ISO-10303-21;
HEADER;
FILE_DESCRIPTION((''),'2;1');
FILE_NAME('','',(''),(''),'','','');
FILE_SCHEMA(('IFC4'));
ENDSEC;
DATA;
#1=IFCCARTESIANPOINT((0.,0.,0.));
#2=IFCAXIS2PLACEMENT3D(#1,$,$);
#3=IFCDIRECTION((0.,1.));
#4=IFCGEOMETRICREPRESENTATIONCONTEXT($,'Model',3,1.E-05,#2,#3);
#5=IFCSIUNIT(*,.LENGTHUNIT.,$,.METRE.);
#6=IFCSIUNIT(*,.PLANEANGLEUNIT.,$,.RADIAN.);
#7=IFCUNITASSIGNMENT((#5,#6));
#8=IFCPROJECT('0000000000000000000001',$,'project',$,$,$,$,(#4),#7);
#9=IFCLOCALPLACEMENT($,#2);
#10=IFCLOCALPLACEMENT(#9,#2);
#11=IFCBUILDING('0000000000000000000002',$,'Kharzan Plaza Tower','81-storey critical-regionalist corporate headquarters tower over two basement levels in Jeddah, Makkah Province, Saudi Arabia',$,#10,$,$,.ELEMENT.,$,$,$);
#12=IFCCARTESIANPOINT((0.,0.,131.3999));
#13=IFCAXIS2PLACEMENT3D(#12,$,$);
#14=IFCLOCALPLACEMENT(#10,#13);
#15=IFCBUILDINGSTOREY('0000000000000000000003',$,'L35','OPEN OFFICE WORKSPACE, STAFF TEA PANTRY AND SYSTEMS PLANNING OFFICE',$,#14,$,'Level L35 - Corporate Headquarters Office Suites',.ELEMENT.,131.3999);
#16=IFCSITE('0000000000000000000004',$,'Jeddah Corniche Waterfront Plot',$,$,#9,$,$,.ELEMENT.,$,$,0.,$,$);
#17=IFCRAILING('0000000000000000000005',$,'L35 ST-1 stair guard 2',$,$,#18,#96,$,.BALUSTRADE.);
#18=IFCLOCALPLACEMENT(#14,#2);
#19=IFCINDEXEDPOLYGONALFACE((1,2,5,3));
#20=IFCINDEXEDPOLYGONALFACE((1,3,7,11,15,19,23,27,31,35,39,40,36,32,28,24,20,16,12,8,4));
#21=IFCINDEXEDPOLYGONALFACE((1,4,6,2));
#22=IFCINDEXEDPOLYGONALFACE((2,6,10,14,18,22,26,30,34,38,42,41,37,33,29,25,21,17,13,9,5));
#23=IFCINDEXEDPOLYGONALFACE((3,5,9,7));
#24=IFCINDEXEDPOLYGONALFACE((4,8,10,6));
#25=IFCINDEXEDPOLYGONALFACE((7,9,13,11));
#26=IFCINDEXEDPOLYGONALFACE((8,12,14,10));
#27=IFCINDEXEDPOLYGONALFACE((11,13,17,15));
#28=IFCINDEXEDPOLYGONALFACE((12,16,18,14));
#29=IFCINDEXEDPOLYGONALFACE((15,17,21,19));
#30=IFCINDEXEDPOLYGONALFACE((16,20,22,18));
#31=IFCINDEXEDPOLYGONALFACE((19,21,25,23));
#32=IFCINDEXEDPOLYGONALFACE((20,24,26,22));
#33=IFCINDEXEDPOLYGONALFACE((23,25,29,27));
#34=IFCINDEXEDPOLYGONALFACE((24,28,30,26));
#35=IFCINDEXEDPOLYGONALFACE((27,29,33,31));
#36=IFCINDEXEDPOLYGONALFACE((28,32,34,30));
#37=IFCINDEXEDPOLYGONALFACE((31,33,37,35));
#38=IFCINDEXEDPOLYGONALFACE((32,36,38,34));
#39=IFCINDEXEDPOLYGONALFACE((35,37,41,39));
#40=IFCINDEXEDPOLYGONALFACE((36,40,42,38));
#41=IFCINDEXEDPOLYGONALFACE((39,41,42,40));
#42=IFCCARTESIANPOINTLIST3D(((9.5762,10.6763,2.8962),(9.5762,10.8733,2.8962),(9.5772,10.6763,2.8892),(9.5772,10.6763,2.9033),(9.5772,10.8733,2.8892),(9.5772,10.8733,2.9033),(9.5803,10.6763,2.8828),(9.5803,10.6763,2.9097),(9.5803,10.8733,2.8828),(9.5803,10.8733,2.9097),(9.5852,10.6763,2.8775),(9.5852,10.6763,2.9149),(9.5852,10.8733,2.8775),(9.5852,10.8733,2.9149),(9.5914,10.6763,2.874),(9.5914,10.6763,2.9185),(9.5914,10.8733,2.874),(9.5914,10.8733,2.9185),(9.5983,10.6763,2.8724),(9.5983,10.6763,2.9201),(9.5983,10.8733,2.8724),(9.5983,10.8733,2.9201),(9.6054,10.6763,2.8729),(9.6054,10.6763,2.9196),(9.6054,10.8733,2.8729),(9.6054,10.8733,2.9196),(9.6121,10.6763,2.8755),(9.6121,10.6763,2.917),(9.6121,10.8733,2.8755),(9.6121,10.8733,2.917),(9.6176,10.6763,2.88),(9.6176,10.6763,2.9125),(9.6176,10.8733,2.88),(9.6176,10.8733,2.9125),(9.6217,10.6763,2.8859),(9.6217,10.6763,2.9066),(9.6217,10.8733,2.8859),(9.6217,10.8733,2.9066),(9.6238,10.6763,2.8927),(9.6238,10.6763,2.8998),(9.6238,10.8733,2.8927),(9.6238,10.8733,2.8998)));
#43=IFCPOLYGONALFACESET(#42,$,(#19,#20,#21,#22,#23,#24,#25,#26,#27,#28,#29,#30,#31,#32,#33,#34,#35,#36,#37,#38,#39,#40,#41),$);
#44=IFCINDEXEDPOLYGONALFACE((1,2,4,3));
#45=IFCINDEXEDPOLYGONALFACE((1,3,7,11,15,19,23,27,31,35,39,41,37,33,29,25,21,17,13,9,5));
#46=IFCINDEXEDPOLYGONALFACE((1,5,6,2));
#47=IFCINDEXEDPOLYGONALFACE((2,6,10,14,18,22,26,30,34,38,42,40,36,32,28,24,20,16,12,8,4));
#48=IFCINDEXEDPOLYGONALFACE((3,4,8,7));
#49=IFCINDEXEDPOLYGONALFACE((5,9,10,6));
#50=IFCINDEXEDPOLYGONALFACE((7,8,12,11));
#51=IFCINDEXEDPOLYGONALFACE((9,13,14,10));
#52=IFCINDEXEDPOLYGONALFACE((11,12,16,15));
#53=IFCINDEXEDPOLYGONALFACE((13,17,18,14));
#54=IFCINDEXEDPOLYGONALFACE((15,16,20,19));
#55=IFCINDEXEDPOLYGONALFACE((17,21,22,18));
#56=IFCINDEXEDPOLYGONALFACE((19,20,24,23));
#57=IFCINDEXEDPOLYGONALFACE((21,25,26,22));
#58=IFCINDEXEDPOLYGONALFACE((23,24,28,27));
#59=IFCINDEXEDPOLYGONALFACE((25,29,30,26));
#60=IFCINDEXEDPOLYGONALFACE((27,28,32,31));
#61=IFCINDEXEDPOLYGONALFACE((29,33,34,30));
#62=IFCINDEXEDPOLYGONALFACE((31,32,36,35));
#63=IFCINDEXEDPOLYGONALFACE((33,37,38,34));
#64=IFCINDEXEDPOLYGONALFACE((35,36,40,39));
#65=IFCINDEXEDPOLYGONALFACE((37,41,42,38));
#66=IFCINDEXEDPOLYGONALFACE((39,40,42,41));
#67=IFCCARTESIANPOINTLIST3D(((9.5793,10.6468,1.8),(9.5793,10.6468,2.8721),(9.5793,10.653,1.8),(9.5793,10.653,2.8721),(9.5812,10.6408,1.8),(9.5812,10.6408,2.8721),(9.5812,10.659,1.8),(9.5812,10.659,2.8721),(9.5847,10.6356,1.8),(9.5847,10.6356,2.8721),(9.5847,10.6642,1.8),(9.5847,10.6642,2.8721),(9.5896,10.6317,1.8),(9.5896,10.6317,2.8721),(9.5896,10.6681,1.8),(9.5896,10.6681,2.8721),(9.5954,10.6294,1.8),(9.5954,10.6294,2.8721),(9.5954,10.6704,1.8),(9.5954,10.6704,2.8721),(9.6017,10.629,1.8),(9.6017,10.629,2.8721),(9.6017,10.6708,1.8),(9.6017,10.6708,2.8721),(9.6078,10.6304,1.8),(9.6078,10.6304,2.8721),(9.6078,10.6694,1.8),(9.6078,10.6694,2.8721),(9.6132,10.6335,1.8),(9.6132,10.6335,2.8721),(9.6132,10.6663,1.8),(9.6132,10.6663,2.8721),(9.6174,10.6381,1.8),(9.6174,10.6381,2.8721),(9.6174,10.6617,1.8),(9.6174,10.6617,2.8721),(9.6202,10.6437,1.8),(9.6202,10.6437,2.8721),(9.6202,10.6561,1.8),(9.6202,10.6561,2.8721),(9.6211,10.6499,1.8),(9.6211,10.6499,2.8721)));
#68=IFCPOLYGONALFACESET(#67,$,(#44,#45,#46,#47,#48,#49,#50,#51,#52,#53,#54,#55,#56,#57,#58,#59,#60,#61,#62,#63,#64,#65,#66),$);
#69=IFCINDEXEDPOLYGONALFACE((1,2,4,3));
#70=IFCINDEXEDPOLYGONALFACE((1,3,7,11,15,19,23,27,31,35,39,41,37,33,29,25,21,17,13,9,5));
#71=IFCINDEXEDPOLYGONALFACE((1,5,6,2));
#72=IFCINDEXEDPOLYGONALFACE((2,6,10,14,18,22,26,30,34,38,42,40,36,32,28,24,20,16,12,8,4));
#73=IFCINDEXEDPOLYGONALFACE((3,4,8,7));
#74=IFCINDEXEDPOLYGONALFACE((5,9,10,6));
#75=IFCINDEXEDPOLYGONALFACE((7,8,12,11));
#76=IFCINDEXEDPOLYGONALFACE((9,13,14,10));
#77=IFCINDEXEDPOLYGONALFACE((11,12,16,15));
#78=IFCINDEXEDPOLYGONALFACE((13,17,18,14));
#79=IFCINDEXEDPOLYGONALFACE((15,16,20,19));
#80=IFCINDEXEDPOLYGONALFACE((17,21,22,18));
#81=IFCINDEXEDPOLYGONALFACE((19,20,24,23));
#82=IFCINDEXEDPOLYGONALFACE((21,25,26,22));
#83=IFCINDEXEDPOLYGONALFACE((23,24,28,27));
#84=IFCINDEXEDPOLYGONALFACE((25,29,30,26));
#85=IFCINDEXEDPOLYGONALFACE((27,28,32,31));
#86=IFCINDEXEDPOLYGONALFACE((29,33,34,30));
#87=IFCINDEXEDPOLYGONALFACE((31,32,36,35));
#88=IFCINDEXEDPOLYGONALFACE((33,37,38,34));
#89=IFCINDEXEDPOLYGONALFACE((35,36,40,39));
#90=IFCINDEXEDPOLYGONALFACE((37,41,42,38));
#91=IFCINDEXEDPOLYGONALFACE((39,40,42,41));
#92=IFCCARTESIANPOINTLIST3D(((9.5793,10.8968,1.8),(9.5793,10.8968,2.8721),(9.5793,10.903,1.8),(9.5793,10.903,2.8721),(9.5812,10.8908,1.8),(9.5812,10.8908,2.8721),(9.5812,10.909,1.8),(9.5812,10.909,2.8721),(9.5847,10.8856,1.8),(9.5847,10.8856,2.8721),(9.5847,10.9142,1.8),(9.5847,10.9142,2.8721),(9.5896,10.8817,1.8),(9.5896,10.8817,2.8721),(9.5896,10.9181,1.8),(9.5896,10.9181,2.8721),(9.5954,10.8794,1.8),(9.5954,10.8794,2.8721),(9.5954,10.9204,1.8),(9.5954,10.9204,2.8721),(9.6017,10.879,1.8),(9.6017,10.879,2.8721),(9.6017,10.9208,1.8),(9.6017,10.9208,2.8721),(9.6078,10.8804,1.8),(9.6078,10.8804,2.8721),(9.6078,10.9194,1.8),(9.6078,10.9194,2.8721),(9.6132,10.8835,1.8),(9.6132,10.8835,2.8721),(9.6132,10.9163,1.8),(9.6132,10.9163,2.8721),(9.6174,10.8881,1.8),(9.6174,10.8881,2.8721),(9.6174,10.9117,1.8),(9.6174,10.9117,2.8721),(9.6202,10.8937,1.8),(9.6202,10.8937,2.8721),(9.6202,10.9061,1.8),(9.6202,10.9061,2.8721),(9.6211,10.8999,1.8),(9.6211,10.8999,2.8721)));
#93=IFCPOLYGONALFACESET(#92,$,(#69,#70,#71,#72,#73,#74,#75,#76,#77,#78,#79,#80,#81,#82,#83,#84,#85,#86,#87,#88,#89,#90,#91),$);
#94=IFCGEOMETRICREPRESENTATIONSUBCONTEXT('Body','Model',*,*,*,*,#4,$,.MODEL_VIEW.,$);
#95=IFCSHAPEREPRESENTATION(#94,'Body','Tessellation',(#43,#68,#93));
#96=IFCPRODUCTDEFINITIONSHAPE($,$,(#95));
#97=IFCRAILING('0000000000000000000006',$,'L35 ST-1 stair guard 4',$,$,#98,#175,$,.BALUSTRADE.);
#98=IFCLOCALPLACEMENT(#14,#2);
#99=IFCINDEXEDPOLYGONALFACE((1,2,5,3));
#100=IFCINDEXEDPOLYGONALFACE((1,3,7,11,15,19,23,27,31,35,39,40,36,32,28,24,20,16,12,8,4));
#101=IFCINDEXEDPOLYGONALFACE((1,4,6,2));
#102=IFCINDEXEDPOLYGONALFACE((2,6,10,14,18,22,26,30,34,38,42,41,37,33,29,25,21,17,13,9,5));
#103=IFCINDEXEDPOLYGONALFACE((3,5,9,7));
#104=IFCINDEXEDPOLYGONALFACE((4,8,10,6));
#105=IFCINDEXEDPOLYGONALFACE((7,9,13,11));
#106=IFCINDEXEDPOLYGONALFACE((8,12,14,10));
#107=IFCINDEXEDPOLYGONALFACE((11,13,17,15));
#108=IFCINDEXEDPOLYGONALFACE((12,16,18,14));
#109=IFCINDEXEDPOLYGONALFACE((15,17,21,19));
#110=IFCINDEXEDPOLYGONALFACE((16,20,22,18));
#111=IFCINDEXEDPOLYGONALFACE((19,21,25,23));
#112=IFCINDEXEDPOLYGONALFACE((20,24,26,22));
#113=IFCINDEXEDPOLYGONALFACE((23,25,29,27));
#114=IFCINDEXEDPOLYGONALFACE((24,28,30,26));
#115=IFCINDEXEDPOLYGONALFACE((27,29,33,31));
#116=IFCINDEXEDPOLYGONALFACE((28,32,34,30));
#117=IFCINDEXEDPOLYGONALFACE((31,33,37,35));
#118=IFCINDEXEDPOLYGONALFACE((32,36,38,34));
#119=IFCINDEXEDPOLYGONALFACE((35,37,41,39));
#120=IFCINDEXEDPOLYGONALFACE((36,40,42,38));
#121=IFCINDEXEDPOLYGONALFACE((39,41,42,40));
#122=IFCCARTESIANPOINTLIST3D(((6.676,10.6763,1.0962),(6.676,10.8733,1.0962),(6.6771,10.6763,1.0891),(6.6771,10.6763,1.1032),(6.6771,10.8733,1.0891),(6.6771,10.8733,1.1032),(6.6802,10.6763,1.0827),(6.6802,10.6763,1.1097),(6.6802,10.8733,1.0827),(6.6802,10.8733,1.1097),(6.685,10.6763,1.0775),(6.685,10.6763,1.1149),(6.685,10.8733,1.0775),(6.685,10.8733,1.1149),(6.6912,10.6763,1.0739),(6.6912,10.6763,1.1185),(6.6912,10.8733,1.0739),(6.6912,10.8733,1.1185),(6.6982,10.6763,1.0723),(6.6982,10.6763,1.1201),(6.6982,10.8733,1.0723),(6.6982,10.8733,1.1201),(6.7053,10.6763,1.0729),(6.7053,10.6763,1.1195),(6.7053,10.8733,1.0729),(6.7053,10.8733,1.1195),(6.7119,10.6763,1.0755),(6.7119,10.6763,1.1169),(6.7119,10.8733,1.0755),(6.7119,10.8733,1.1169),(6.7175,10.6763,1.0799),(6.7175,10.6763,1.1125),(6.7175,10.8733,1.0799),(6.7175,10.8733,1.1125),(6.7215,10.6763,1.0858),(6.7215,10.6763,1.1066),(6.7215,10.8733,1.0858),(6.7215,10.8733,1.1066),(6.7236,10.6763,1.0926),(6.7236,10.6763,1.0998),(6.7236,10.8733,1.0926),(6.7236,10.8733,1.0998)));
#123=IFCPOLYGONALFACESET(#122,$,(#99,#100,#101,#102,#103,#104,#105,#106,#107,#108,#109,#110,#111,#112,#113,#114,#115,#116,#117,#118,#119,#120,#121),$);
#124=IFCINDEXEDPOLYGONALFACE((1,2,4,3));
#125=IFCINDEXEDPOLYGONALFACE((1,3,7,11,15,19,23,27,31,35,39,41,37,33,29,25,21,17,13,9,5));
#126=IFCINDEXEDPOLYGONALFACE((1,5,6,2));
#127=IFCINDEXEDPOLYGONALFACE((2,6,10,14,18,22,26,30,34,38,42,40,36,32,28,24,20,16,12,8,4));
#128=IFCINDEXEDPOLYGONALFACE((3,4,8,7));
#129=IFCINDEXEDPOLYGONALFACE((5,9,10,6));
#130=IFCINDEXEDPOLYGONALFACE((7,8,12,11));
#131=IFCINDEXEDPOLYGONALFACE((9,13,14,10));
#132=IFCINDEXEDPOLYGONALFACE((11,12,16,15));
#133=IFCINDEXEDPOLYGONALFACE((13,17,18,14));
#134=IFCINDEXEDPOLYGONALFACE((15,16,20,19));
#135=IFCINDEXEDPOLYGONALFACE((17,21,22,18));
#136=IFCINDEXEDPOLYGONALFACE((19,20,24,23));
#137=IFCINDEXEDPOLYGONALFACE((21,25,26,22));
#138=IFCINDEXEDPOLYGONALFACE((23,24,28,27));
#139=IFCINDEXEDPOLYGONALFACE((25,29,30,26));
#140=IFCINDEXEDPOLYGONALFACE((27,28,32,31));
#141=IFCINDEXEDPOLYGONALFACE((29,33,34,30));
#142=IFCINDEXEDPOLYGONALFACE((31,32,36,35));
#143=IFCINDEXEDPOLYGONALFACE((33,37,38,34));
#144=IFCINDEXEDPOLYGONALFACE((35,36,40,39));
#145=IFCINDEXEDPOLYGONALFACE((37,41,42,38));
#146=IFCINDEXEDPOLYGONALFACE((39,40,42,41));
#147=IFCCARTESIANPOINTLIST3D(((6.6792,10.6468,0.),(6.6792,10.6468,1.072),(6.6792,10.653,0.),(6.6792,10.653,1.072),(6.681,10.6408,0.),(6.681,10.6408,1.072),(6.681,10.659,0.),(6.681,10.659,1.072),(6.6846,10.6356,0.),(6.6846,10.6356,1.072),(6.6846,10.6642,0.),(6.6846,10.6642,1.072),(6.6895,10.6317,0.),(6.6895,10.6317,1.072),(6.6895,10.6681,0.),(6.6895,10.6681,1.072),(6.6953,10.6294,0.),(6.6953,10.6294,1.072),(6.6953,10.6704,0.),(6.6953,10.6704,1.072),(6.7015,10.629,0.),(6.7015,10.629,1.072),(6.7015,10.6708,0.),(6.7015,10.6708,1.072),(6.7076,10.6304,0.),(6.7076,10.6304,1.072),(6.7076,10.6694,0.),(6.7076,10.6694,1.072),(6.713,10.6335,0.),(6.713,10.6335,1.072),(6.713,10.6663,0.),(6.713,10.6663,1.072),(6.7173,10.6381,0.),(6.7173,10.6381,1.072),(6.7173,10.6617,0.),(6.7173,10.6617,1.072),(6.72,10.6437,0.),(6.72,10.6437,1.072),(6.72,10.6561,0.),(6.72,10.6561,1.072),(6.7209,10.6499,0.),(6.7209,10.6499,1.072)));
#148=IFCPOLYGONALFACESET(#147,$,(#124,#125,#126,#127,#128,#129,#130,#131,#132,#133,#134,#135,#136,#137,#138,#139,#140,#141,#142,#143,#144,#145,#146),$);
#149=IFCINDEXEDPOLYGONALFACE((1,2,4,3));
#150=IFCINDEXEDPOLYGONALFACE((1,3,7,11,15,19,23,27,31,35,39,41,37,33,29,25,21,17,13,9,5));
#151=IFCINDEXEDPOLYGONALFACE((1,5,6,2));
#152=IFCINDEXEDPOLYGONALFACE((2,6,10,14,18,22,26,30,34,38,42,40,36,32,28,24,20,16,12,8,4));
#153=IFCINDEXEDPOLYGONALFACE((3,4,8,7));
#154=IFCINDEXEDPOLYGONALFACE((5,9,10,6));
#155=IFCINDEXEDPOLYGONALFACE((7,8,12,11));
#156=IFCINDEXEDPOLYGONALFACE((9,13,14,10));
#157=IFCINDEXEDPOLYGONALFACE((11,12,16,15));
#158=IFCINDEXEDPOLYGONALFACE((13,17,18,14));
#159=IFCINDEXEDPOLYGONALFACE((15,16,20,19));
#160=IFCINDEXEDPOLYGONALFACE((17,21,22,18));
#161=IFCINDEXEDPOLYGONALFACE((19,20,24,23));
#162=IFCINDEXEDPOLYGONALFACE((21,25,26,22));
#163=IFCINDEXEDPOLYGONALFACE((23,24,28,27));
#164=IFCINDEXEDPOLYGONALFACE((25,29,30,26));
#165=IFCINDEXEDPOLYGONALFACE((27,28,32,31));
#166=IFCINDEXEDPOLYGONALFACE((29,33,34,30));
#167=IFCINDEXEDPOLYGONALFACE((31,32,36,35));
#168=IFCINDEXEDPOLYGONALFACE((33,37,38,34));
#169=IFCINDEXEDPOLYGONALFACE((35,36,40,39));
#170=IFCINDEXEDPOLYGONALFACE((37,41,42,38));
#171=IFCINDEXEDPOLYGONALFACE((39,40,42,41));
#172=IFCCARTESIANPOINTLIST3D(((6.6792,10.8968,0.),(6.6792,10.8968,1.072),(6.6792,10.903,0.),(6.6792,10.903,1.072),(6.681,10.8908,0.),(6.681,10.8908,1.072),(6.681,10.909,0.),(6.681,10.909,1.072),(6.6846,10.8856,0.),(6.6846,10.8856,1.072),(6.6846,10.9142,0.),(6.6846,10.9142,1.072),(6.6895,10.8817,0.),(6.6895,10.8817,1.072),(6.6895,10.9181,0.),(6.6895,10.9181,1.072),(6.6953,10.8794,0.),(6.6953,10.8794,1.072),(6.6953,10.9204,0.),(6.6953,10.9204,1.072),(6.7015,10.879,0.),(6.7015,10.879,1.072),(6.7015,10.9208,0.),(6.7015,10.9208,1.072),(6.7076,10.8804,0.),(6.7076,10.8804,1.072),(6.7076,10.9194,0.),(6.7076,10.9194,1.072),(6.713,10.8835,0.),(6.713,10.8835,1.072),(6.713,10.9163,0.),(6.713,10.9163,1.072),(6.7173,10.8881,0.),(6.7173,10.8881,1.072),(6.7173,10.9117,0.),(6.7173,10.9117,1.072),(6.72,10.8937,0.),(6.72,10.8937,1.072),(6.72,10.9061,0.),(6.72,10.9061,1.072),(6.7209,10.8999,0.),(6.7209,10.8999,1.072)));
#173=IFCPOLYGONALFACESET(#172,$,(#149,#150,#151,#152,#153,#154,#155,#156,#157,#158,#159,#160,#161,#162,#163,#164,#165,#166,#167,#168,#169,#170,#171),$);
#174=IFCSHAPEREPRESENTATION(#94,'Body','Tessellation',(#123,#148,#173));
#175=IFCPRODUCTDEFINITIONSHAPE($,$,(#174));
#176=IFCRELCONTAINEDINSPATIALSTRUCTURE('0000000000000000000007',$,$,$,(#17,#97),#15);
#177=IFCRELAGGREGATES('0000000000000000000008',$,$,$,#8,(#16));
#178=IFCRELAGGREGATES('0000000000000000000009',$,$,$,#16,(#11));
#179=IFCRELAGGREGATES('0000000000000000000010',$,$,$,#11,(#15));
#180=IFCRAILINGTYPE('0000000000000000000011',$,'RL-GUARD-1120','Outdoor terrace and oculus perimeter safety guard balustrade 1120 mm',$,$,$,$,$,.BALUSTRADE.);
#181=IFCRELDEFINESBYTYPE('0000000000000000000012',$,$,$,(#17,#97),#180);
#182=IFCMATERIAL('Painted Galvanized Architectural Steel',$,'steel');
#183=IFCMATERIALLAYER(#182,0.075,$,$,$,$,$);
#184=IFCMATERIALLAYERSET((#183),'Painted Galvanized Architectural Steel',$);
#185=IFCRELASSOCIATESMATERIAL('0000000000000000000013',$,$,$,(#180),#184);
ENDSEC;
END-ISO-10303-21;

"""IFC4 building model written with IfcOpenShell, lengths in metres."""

from ifc_helpers import new_model, si_unit, direction, frame, origin, origin_2d, place, context, subcontext, project, spatial, circle, extrude, source, transform, mapped, material, layer, layer_set, type_object, element, save


model = new_model("IFC4")

# Units and contexts
model_context = context("Model", 3, precision=1e-05, world=origin(), true_north=direction((0.0, 1.0)))
body_context = subcontext(model_context, "Body", "Model", "MODEL_VIEW")
ifc_project = project(units=[si_unit("LENGTHUNIT", "METRE"), si_unit("PLANEANGLEUNIT", "RADIAN")], contexts=[model_context])

# Site, building, storey
site_placement = place(None, origin())
site = spatial("IfcSite", under=ifc_project, at=site_placement, Name="Jeddah Corniche Waterfront Plot", CompositionType="ELEMENT", RefElevation=0.0)
building_placement = place(site_placement, origin())
building = spatial("IfcBuilding", under=site, at=building_placement, Name="Kharzan Plaza Tower", Description="81-storey critical-regionalist corporate headquarters tower over two basement levels in Jeddah, Makkah Province, Saudi Arabia", CompositionType="ELEMENT")
storey_placement = place(building_placement, frame((0.0, 0.0, 131.3999)))
storey = spatial("IfcBuildingStorey", under=building, at=storey_placement, Name="L35", Description="OPEN OFFICE WORKSPACE, STAFF TEA PANTRY AND SYSTEMS PLANNING OFFICE", LongName="Level L35 - Corporate Headquarters Office Suites", CompositionType="ELEMENT", Elevation=131.3999)

# Railings
ifc_material_1 = material(Name="Painted Galvanized Architectural Steel", Category="steel")
ifc_layer_1 = layer(ifc_material_1, 0.075)
ifc_layer_set_1 = layer_set([ifc_layer_1], Name="Painted Galvanized Architectural Steel")
railing_type_1 = type_object("IfcRailingType", Name="RL-GUARD-1120", Description="Outdoor terrace and oculus perimeter safety guard balustrade 1120 mm", PredefinedType="BALUSTRADE", material=ifc_layer_set_1)
shared_shape_1 = source(origin(), body_context, "Body", "SweptSolid", [
    extrude(circle(Radius=0.0239, at=origin_2d()), frame((0.0, 0.0264, 1.0962), z_axis=(0.0, 1.0, 0.0), x_axis=(-1.0, 0.0, 0.0)), (0.0, 0.0, 1.0), 0.197),
    extrude(circle(Radius=0.021, at=origin_2d()), origin(), (0.0, 0.0, 1.0), 1.072),
    extrude(circle(Radius=0.021, at=origin_2d()), frame((0.0, 0.25, 0.0)), (0.0, 0.0, 1.0), 1.072),
])
for number, where, name in (
    (1, (9.6001, 10.6499, 1.8), "L35 ST-1 stair guard 2"),
    (2, (6.7, 10.6499, 0.0), "L35 ST-1 stair guard 4"),
):
    element("IfcRailing", number, at=place(storey_placement, frame(where)), inside=storey, type_object=railing_type_1, Name=name, PredefinedType="BALUSTRADE", context=body_context, shape_type="MappedRepresentation", body=[
        mapped(shared_shape_1, transform((0.0, 0.0, 0.0), x_axis=(1.0, 0.0, 0.0), y_axis=(0.0, 1.0, 0.0), z_axis=(0.0, 0.0, 1.0))),
    ])

save(model, "model.ifc")
